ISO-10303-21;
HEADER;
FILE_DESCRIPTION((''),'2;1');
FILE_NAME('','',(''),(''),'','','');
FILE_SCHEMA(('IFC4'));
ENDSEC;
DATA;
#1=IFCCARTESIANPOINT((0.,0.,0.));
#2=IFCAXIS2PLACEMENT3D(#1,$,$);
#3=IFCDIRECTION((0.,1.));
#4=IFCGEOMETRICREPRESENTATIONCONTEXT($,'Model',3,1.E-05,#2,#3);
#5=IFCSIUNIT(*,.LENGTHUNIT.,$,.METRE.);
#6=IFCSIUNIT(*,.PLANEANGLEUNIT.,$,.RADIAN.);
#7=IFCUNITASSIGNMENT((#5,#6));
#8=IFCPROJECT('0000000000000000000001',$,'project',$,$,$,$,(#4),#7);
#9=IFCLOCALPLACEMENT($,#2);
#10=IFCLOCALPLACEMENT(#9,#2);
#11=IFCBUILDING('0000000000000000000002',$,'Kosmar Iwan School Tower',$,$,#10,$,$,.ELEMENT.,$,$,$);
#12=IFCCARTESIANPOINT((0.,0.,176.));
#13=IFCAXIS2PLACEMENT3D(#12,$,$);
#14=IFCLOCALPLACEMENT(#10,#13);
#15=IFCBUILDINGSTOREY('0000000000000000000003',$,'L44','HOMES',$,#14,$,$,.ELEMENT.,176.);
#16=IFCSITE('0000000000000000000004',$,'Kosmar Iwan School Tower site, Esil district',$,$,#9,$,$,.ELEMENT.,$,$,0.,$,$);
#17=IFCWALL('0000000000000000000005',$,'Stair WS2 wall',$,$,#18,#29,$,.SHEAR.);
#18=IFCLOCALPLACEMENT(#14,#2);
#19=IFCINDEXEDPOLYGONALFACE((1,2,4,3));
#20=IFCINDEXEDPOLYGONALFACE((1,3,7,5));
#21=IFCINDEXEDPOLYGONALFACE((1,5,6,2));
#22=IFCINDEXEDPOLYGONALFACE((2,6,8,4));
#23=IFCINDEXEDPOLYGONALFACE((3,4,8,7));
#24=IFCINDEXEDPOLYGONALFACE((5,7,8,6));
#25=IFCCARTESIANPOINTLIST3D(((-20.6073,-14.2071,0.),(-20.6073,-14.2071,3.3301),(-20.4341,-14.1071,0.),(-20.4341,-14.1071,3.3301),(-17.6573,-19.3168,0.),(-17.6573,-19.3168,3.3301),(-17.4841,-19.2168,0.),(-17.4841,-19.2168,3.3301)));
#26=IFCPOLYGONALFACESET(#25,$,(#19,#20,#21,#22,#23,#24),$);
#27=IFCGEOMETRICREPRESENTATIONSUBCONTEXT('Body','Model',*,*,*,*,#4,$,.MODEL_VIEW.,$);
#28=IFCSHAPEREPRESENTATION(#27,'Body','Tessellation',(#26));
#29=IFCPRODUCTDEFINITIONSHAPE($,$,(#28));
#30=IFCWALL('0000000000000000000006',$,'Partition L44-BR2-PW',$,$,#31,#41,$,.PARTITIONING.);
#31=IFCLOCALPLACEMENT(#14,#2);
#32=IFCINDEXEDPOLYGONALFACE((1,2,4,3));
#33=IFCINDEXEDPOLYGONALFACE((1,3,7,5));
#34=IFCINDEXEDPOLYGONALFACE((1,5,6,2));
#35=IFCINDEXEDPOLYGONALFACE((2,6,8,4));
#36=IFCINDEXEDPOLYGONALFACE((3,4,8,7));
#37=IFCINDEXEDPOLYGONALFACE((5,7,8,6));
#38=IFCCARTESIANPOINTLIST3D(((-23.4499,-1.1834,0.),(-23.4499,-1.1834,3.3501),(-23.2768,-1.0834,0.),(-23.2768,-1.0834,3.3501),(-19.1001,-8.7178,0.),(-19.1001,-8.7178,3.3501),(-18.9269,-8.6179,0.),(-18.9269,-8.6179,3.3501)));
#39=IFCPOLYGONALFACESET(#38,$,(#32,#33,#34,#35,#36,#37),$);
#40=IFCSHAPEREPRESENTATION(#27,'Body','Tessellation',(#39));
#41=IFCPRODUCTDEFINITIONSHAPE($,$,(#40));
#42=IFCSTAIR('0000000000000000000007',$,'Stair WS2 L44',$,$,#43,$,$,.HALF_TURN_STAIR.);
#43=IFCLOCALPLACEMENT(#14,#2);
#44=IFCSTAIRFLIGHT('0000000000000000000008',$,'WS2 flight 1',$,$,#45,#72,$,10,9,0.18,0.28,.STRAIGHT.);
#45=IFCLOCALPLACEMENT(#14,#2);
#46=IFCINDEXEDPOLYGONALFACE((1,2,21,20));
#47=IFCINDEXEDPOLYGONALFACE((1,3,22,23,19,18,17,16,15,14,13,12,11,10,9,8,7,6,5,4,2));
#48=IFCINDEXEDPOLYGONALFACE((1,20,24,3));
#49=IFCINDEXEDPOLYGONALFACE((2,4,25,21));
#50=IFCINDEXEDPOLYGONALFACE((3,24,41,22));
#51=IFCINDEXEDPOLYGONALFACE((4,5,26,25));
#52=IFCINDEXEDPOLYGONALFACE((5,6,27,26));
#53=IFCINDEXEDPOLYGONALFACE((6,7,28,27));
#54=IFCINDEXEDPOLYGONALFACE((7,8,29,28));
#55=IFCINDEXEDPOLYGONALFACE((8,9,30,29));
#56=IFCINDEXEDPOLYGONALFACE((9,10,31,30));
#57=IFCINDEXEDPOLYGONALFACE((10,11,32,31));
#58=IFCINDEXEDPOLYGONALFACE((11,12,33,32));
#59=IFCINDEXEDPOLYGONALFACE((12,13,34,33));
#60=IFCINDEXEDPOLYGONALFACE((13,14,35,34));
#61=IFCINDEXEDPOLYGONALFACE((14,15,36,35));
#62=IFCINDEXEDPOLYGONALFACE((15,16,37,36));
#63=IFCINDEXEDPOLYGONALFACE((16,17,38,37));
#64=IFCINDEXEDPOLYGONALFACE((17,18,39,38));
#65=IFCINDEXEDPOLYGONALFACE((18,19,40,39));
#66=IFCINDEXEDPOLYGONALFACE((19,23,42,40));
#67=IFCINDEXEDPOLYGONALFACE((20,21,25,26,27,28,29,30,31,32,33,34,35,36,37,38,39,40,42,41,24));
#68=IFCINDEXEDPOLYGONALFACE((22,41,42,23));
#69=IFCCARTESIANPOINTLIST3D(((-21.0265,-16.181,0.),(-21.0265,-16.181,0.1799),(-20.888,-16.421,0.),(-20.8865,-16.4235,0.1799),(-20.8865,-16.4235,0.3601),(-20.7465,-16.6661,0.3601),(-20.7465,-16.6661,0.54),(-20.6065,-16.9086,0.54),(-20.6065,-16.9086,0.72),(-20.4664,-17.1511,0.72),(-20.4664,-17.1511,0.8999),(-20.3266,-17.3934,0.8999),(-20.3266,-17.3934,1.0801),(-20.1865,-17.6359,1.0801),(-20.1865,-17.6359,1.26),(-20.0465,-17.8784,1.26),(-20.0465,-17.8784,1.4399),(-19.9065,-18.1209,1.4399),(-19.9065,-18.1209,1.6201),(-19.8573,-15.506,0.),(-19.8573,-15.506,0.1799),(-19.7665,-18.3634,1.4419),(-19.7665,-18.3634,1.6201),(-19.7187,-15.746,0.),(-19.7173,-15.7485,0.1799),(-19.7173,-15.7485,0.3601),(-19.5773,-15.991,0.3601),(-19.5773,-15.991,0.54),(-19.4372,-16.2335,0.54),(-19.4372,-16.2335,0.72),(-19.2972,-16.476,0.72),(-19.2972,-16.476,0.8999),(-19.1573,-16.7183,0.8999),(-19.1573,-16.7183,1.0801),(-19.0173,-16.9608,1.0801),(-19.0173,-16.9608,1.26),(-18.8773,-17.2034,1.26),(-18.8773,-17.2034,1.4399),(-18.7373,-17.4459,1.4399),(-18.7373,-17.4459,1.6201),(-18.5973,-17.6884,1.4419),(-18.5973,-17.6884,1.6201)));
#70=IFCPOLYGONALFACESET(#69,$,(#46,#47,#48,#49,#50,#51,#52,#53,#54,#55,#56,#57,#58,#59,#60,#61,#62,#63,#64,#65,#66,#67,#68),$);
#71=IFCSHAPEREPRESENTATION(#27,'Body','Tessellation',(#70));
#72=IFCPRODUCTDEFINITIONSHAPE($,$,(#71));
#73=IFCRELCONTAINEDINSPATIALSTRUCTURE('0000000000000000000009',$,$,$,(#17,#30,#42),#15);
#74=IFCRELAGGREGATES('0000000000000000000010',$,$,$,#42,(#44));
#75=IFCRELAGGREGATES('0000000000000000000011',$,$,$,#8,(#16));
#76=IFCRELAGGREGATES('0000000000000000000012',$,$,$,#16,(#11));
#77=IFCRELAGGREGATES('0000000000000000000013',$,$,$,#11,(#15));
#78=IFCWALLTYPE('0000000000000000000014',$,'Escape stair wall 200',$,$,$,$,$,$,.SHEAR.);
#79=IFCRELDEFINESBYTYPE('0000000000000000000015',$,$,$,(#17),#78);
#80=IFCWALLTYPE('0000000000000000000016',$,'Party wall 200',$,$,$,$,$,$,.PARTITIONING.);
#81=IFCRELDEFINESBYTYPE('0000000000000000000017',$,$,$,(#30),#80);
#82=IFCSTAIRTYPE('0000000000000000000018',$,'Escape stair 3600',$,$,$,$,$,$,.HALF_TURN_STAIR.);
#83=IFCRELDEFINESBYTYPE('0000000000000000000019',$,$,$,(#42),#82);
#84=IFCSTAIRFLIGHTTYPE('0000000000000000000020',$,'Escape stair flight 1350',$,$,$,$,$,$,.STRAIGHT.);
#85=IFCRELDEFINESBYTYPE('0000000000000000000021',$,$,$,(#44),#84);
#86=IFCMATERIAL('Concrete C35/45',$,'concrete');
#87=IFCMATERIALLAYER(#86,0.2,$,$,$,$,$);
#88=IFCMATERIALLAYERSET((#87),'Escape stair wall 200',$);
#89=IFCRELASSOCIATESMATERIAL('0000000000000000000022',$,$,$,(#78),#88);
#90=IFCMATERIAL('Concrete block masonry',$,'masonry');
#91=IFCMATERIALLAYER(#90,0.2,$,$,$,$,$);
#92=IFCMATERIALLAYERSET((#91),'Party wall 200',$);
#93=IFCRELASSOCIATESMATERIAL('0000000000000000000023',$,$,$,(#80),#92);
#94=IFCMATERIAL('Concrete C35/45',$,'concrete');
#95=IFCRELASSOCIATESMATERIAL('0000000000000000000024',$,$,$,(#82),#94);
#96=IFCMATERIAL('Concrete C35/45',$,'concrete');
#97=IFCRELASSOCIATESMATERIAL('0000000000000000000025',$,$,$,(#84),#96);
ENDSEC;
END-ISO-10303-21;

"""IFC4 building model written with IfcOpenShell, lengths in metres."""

from ifc_helpers import new_model, si_unit, direction, frame, frame_2d, origin, place, context, subcontext, project, spatial, polyline, rectangle, outline, extrude, material, layer, layer_set, type_object, element, aggregate, save


model = new_model("IFC4")

# Units and contexts
model_context = context("Model", 3, precision=1e-05, world=origin(), true_north=direction((0.0, 1.0)))
body_context = subcontext(model_context, "Body", "Model", "MODEL_VIEW")
ifc_project = project(units=[si_unit("LENGTHUNIT", "METRE"), si_unit("PLANEANGLEUNIT", "RADIAN")], contexts=[model_context])

# Site, building, storey
site_placement = place(None, origin())
site = spatial("IfcSite", under=ifc_project, at=site_placement, Name="Kosmar Iwan School Tower site, Esil district", CompositionType="ELEMENT", RefElevation=0.0)
building_placement = place(site_placement, origin())
building = spatial("IfcBuilding", under=site, at=building_placement, Name="Kosmar Iwan School Tower", CompositionType="ELEMENT")
storey_placement = place(building_placement, frame((0.0, 0.0, 176.0)))
storey = spatial("IfcBuildingStorey", under=building, at=storey_placement, Name="L44", Description="HOMES", CompositionType="ELEMENT", Elevation=176.0)

# Walls
ifc_material_1 = material(Name="Concrete C35/45", Category="concrete")
ifc_layer_1 = layer(ifc_material_1, 0.2)
ifc_layer_set_1 = layer_set([ifc_layer_1], Name="Escape stair wall 200")
wall_type_1 = type_object("IfcWallType", Name="Escape stair wall 200", PredefinedType="SHEAR", material=ifc_layer_set_1)
wall_1_placement = place(storey_placement, frame((-20.5208, -14.157, 0.0), z_axis=(0.0, 0.0, 1.0), x_axis=(0.499989, -0.866032, 0.0)))
element("IfcWall", 1, at=wall_1_placement, inside=storey, type_object=wall_type_1, Name="Stair WS2 wall", PredefinedType="SHEAR", context=body_context, shape_type="SweptSolid", body=[
    extrude(rectangle(XDim=5.9001, YDim=0.2, at=frame_2d((2.9502, 0.0))), origin(), (0.0, 0.0, 1.0), 3.3301),
])
ifc_material_2 = material(Name="Concrete block masonry", Category="masonry")
ifc_layer_2 = layer(ifc_material_2, 0.2)
ifc_layer_set_2 = layer_set([ifc_layer_2], Name="Party wall 200")
wall_type_2 = type_object("IfcWallType", Name="Party wall 200", PredefinedType="PARTITIONING", material=ifc_layer_set_2)
wall_2_placement = place(storey_placement, frame((-19.0134, -8.668, 0.0), z_axis=(0.0, 0.0, 1.0), x_axis=(-0.499987, 0.866033, 0.0)))
element("IfcWall", 2, at=wall_2_placement, inside=storey, type_object=wall_type_2, Name="Partition L44-BR2-PW", PredefinedType="PARTITIONING", context=body_context, shape_type="SweptSolid", body=[
    extrude(rectangle(XDim=8.7, YDim=0.2, at=frame_2d((4.3501, 0.0))), origin(), (0.0, 0.0, 1.0), 3.3501),
])

# Stair, stair flight
ifc_material_3 = material(Name="Concrete C35/45", Category="concrete")
stair_type = type_object("IfcStairType", Name="Escape stair 3600", PredefinedType="HALF_TURN_STAIR", material=ifc_material_3)
stair_placement = place(storey_placement, origin())
stair = element("IfcStair", 3, at=stair_placement, inside=storey, type_object=stair_type, Name="Stair WS2 L44", PredefinedType="HALF_TURN_STAIR")
ifc_material_4 = material(Name="Concrete C35/45", Category="concrete")
stair_flight_type = type_object("IfcStairFlightType", Name="Escape stair flight 1350", PredefinedType="STRAIGHT", material=ifc_material_4)
stair_flight_placement = place(storey_placement, frame((-20.4419, -15.8435, 0.0), z_axis=(0.0, 0.0, 1.0), x_axis=(0.5, -0.866025, 0.0)))
stair_flight = element("IfcStairFlight", 4, at=stair_flight_placement, type_object=stair_flight_type, Name="WS2 flight 1", NumberOfRisers=10, NumberOfTreads=9, PredefinedType="STRAIGHT", RiserHeight=0.18, TreadLength=0.28, context=body_context, shape_type="SweptSolid", body=[
    extrude(outline(polyline([(0.0, 0.0), (0.0, 0.1799), (0.28, 0.1799), (0.28, 0.3601), (0.5601, 0.3601), (0.5601, 0.54), (0.8401, 0.54), (0.8401, 0.72), (1.1201, 0.72), (1.1201, 0.8999), (1.3999, 0.8999), (1.3999, 1.0801), (1.6799, 1.0801), (1.6799, 1.26), (1.96, 1.26), (1.96, 1.4399), (2.24, 1.4399), (2.24, 1.6201), (2.52, 1.6201), (2.52, 1.8), (2.52, 1.4419), (0.2771, 0.0), (0.0, 0.0)])), frame((0.0, 0.675, 0.0), z_axis=(0.0, -1.0, 0.0), x_axis=(1.0, 0.0, 0.0)), (0.0, 0.0, 1.0), 1.3501),
])
aggregate(stair, [stair_flight])

save(model, "model.ifc")
